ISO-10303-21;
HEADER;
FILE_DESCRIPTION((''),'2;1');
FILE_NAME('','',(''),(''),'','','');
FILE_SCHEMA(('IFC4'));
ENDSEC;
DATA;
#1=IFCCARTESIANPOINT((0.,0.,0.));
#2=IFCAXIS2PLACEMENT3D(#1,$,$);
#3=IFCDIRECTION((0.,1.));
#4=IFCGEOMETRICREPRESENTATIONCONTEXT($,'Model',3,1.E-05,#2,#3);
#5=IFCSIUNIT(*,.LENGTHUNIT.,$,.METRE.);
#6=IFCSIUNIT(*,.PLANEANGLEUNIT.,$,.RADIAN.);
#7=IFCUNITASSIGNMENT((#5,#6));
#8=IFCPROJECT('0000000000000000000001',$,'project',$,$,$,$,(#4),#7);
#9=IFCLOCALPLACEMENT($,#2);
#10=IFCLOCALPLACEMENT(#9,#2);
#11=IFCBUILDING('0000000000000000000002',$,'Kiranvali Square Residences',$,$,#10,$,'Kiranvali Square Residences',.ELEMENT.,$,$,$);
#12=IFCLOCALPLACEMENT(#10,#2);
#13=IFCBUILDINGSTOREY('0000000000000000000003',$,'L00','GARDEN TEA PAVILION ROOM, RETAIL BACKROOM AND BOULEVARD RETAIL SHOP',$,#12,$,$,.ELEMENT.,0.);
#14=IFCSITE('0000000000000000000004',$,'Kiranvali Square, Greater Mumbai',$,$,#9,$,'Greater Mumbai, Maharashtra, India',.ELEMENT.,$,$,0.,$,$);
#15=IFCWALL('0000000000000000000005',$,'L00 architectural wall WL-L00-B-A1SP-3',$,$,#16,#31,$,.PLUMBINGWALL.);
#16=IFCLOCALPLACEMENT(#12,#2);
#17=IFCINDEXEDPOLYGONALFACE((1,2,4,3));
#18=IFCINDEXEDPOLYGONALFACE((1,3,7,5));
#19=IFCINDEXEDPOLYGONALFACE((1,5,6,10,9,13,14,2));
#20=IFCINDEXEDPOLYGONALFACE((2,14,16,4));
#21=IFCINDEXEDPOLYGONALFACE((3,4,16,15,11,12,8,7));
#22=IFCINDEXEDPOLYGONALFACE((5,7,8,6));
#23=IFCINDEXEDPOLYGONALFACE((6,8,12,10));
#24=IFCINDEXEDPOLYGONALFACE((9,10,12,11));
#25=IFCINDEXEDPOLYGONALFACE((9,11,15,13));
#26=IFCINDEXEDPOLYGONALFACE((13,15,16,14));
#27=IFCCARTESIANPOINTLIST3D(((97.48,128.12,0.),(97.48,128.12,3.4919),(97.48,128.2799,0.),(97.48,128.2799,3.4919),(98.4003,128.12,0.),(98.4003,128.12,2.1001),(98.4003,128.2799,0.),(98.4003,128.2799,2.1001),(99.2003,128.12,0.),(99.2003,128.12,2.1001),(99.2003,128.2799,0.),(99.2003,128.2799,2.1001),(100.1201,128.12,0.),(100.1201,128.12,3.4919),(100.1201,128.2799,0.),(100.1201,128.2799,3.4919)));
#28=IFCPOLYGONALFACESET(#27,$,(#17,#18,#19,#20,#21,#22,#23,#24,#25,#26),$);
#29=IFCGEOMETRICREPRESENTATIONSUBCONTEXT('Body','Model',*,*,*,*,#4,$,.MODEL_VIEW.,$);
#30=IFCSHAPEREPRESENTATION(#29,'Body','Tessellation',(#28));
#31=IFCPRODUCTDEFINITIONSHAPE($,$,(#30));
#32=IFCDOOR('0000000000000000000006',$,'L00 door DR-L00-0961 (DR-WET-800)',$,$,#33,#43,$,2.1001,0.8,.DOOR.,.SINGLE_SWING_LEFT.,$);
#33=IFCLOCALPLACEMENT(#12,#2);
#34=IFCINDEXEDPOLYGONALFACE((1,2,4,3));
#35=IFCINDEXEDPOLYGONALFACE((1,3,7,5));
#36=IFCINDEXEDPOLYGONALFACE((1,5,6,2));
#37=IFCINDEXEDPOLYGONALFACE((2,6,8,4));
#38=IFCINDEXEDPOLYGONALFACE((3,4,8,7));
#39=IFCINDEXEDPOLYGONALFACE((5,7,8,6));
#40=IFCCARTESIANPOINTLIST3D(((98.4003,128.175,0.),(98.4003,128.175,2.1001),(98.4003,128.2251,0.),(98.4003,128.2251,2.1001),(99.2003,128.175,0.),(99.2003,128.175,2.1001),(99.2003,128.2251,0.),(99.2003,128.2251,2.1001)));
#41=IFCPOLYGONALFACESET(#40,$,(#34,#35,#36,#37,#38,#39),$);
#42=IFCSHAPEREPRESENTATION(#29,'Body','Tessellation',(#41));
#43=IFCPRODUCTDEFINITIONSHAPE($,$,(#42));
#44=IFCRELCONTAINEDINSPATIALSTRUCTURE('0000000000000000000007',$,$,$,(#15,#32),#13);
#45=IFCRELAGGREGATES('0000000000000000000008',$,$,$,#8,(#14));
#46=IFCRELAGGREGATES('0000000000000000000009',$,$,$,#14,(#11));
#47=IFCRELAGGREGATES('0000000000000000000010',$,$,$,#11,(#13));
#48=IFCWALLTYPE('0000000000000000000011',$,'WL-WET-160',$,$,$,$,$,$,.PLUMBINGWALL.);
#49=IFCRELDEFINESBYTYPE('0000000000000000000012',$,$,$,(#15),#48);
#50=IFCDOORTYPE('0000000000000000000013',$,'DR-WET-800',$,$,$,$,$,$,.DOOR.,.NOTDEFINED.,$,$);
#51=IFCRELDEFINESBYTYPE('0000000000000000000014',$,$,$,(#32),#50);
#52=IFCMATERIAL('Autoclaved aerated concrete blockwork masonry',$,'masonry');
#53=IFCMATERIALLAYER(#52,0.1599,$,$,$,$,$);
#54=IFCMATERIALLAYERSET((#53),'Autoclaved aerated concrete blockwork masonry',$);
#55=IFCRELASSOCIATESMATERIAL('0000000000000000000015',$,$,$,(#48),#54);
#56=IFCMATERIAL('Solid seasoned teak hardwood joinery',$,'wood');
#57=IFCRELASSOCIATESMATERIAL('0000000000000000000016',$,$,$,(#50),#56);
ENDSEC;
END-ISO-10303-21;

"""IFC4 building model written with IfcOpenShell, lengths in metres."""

from ifc_helpers import new_model, si_unit, direction, frame, frame_2d, origin, place, context, subcontext, project, spatial, rectangle, extrude, material, layer, layer_set, type_object, element, fill, save


model = new_model("IFC4")

# Units and contexts
model_context = context("Model", 3, precision=1e-05, world=origin(), true_north=direction((0.0, 1.0)))
body_context = subcontext(model_context, "Body", "Model", "MODEL_VIEW")
ifc_project = project(units=[si_unit("LENGTHUNIT", "METRE"), si_unit("PLANEANGLEUNIT", "RADIAN")], contexts=[model_context])

# Site, building, storey
site_placement = place(None, origin())
site = spatial("IfcSite", under=ifc_project, at=site_placement, Name="Kiranvali Square, Greater Mumbai", LongName="Greater Mumbai, Maharashtra, India", CompositionType="ELEMENT", RefElevation=0.0)
building_placement = place(site_placement, origin())
building = spatial("IfcBuilding", under=site, at=building_placement, Name="Kiranvali Square Residences", LongName="Kiranvali Square Residences", CompositionType="ELEMENT")
storey_placement = place(building_placement, origin())
storey = spatial("IfcBuildingStorey", under=building, at=storey_placement, Name="L00", Description="GARDEN TEA PAVILION ROOM, RETAIL BACKROOM AND BOULEVARD RETAIL SHOP", CompositionType="ELEMENT", Elevation=0.0)

# Shared definitions
ifc_material_1 = material(Name="Autoclaved aerated concrete blockwork masonry", Category="masonry")

# Wall, opening, door
ifc_material_2 = material(Name="Solid seasoned teak hardwood joinery", Category="wood")
ifc_layer_1 = layer(ifc_material_1, 0.1599)
ifc_layer_set_1 = layer_set([ifc_layer_1], Name="Autoclaved aerated concrete blockwork masonry")
wall_type_1 = type_object("IfcWallType", Name="WL-WET-160", PredefinedType="PLUMBINGWALL", material=ifc_layer_set_1)
wall_1_placement = place(storey_placement, frame((100.1201, 128.2, 0.0), z_axis=(0.0, 0.0, 1.0), x_axis=(-1.0, 0.0, 0.0)))
wall_1 = element("IfcWall", 1, at=wall_1_placement, inside=storey, type_object=wall_type_1, Name="L00 architectural wall WL-L00-B-A1SP-3", PredefinedType="PLUMBINGWALL", context=body_context, shape_type="SweptSolid", body=[
    extrude(rectangle(XDim=2.6401, YDim=0.1599, at=frame_2d((1.3201, 0.0))), origin(), (0.0, 0.0, 1.0), 3.4919),
])
opening_1_placement = place(wall_1_placement, frame((0.9199, 0.0, 0.0)))
opening_1 = element("IfcOpeningElement", 2, at=opening_1_placement, cuts=wall_1, PredefinedType="OPENING", context=body_context, shape_type="SweptSolid", body=[
    extrude(rectangle(XDim=0.8, YDim=2.1001, at=frame_2d((0.3999, 1.05))), frame((0.0, 0.0898, 0.0), z_axis=(0.0, -1.0, 0.0), x_axis=(1.0, 0.0, 0.0)), (0.0, 0.0, 1.0), 0.1799),
])
door_type_1 = type_object("IfcDoorType", Name="DR-WET-800", OperationType="NOTDEFINED", PredefinedType="DOOR", material=ifc_material_2)
door_1_placement = place(opening_1_placement, origin())
door_1 = element("IfcDoor", 3, at=door_1_placement, inside=storey, type_object=door_type_1, Name="L00 door DR-L00-0961 (DR-WET-800)", OperationType="SINGLE_SWING_LEFT", OverallHeight=2.1001, OverallWidth=0.8, PredefinedType="DOOR", context=body_context, shape_type="SweptSolid", body=[
    extrude(rectangle(XDim=0.8, YDim=2.1001, at=frame_2d((0.3999, 1.05))), frame((0.0, 0.0249, 0.0), z_axis=(0.0, -1.0, 0.0), x_axis=(1.0, 0.0, 0.0)), (0.0, 0.0, 1.0), 0.05),
])
fill(opening_1, door_1)

save(model, "model.ifc")
